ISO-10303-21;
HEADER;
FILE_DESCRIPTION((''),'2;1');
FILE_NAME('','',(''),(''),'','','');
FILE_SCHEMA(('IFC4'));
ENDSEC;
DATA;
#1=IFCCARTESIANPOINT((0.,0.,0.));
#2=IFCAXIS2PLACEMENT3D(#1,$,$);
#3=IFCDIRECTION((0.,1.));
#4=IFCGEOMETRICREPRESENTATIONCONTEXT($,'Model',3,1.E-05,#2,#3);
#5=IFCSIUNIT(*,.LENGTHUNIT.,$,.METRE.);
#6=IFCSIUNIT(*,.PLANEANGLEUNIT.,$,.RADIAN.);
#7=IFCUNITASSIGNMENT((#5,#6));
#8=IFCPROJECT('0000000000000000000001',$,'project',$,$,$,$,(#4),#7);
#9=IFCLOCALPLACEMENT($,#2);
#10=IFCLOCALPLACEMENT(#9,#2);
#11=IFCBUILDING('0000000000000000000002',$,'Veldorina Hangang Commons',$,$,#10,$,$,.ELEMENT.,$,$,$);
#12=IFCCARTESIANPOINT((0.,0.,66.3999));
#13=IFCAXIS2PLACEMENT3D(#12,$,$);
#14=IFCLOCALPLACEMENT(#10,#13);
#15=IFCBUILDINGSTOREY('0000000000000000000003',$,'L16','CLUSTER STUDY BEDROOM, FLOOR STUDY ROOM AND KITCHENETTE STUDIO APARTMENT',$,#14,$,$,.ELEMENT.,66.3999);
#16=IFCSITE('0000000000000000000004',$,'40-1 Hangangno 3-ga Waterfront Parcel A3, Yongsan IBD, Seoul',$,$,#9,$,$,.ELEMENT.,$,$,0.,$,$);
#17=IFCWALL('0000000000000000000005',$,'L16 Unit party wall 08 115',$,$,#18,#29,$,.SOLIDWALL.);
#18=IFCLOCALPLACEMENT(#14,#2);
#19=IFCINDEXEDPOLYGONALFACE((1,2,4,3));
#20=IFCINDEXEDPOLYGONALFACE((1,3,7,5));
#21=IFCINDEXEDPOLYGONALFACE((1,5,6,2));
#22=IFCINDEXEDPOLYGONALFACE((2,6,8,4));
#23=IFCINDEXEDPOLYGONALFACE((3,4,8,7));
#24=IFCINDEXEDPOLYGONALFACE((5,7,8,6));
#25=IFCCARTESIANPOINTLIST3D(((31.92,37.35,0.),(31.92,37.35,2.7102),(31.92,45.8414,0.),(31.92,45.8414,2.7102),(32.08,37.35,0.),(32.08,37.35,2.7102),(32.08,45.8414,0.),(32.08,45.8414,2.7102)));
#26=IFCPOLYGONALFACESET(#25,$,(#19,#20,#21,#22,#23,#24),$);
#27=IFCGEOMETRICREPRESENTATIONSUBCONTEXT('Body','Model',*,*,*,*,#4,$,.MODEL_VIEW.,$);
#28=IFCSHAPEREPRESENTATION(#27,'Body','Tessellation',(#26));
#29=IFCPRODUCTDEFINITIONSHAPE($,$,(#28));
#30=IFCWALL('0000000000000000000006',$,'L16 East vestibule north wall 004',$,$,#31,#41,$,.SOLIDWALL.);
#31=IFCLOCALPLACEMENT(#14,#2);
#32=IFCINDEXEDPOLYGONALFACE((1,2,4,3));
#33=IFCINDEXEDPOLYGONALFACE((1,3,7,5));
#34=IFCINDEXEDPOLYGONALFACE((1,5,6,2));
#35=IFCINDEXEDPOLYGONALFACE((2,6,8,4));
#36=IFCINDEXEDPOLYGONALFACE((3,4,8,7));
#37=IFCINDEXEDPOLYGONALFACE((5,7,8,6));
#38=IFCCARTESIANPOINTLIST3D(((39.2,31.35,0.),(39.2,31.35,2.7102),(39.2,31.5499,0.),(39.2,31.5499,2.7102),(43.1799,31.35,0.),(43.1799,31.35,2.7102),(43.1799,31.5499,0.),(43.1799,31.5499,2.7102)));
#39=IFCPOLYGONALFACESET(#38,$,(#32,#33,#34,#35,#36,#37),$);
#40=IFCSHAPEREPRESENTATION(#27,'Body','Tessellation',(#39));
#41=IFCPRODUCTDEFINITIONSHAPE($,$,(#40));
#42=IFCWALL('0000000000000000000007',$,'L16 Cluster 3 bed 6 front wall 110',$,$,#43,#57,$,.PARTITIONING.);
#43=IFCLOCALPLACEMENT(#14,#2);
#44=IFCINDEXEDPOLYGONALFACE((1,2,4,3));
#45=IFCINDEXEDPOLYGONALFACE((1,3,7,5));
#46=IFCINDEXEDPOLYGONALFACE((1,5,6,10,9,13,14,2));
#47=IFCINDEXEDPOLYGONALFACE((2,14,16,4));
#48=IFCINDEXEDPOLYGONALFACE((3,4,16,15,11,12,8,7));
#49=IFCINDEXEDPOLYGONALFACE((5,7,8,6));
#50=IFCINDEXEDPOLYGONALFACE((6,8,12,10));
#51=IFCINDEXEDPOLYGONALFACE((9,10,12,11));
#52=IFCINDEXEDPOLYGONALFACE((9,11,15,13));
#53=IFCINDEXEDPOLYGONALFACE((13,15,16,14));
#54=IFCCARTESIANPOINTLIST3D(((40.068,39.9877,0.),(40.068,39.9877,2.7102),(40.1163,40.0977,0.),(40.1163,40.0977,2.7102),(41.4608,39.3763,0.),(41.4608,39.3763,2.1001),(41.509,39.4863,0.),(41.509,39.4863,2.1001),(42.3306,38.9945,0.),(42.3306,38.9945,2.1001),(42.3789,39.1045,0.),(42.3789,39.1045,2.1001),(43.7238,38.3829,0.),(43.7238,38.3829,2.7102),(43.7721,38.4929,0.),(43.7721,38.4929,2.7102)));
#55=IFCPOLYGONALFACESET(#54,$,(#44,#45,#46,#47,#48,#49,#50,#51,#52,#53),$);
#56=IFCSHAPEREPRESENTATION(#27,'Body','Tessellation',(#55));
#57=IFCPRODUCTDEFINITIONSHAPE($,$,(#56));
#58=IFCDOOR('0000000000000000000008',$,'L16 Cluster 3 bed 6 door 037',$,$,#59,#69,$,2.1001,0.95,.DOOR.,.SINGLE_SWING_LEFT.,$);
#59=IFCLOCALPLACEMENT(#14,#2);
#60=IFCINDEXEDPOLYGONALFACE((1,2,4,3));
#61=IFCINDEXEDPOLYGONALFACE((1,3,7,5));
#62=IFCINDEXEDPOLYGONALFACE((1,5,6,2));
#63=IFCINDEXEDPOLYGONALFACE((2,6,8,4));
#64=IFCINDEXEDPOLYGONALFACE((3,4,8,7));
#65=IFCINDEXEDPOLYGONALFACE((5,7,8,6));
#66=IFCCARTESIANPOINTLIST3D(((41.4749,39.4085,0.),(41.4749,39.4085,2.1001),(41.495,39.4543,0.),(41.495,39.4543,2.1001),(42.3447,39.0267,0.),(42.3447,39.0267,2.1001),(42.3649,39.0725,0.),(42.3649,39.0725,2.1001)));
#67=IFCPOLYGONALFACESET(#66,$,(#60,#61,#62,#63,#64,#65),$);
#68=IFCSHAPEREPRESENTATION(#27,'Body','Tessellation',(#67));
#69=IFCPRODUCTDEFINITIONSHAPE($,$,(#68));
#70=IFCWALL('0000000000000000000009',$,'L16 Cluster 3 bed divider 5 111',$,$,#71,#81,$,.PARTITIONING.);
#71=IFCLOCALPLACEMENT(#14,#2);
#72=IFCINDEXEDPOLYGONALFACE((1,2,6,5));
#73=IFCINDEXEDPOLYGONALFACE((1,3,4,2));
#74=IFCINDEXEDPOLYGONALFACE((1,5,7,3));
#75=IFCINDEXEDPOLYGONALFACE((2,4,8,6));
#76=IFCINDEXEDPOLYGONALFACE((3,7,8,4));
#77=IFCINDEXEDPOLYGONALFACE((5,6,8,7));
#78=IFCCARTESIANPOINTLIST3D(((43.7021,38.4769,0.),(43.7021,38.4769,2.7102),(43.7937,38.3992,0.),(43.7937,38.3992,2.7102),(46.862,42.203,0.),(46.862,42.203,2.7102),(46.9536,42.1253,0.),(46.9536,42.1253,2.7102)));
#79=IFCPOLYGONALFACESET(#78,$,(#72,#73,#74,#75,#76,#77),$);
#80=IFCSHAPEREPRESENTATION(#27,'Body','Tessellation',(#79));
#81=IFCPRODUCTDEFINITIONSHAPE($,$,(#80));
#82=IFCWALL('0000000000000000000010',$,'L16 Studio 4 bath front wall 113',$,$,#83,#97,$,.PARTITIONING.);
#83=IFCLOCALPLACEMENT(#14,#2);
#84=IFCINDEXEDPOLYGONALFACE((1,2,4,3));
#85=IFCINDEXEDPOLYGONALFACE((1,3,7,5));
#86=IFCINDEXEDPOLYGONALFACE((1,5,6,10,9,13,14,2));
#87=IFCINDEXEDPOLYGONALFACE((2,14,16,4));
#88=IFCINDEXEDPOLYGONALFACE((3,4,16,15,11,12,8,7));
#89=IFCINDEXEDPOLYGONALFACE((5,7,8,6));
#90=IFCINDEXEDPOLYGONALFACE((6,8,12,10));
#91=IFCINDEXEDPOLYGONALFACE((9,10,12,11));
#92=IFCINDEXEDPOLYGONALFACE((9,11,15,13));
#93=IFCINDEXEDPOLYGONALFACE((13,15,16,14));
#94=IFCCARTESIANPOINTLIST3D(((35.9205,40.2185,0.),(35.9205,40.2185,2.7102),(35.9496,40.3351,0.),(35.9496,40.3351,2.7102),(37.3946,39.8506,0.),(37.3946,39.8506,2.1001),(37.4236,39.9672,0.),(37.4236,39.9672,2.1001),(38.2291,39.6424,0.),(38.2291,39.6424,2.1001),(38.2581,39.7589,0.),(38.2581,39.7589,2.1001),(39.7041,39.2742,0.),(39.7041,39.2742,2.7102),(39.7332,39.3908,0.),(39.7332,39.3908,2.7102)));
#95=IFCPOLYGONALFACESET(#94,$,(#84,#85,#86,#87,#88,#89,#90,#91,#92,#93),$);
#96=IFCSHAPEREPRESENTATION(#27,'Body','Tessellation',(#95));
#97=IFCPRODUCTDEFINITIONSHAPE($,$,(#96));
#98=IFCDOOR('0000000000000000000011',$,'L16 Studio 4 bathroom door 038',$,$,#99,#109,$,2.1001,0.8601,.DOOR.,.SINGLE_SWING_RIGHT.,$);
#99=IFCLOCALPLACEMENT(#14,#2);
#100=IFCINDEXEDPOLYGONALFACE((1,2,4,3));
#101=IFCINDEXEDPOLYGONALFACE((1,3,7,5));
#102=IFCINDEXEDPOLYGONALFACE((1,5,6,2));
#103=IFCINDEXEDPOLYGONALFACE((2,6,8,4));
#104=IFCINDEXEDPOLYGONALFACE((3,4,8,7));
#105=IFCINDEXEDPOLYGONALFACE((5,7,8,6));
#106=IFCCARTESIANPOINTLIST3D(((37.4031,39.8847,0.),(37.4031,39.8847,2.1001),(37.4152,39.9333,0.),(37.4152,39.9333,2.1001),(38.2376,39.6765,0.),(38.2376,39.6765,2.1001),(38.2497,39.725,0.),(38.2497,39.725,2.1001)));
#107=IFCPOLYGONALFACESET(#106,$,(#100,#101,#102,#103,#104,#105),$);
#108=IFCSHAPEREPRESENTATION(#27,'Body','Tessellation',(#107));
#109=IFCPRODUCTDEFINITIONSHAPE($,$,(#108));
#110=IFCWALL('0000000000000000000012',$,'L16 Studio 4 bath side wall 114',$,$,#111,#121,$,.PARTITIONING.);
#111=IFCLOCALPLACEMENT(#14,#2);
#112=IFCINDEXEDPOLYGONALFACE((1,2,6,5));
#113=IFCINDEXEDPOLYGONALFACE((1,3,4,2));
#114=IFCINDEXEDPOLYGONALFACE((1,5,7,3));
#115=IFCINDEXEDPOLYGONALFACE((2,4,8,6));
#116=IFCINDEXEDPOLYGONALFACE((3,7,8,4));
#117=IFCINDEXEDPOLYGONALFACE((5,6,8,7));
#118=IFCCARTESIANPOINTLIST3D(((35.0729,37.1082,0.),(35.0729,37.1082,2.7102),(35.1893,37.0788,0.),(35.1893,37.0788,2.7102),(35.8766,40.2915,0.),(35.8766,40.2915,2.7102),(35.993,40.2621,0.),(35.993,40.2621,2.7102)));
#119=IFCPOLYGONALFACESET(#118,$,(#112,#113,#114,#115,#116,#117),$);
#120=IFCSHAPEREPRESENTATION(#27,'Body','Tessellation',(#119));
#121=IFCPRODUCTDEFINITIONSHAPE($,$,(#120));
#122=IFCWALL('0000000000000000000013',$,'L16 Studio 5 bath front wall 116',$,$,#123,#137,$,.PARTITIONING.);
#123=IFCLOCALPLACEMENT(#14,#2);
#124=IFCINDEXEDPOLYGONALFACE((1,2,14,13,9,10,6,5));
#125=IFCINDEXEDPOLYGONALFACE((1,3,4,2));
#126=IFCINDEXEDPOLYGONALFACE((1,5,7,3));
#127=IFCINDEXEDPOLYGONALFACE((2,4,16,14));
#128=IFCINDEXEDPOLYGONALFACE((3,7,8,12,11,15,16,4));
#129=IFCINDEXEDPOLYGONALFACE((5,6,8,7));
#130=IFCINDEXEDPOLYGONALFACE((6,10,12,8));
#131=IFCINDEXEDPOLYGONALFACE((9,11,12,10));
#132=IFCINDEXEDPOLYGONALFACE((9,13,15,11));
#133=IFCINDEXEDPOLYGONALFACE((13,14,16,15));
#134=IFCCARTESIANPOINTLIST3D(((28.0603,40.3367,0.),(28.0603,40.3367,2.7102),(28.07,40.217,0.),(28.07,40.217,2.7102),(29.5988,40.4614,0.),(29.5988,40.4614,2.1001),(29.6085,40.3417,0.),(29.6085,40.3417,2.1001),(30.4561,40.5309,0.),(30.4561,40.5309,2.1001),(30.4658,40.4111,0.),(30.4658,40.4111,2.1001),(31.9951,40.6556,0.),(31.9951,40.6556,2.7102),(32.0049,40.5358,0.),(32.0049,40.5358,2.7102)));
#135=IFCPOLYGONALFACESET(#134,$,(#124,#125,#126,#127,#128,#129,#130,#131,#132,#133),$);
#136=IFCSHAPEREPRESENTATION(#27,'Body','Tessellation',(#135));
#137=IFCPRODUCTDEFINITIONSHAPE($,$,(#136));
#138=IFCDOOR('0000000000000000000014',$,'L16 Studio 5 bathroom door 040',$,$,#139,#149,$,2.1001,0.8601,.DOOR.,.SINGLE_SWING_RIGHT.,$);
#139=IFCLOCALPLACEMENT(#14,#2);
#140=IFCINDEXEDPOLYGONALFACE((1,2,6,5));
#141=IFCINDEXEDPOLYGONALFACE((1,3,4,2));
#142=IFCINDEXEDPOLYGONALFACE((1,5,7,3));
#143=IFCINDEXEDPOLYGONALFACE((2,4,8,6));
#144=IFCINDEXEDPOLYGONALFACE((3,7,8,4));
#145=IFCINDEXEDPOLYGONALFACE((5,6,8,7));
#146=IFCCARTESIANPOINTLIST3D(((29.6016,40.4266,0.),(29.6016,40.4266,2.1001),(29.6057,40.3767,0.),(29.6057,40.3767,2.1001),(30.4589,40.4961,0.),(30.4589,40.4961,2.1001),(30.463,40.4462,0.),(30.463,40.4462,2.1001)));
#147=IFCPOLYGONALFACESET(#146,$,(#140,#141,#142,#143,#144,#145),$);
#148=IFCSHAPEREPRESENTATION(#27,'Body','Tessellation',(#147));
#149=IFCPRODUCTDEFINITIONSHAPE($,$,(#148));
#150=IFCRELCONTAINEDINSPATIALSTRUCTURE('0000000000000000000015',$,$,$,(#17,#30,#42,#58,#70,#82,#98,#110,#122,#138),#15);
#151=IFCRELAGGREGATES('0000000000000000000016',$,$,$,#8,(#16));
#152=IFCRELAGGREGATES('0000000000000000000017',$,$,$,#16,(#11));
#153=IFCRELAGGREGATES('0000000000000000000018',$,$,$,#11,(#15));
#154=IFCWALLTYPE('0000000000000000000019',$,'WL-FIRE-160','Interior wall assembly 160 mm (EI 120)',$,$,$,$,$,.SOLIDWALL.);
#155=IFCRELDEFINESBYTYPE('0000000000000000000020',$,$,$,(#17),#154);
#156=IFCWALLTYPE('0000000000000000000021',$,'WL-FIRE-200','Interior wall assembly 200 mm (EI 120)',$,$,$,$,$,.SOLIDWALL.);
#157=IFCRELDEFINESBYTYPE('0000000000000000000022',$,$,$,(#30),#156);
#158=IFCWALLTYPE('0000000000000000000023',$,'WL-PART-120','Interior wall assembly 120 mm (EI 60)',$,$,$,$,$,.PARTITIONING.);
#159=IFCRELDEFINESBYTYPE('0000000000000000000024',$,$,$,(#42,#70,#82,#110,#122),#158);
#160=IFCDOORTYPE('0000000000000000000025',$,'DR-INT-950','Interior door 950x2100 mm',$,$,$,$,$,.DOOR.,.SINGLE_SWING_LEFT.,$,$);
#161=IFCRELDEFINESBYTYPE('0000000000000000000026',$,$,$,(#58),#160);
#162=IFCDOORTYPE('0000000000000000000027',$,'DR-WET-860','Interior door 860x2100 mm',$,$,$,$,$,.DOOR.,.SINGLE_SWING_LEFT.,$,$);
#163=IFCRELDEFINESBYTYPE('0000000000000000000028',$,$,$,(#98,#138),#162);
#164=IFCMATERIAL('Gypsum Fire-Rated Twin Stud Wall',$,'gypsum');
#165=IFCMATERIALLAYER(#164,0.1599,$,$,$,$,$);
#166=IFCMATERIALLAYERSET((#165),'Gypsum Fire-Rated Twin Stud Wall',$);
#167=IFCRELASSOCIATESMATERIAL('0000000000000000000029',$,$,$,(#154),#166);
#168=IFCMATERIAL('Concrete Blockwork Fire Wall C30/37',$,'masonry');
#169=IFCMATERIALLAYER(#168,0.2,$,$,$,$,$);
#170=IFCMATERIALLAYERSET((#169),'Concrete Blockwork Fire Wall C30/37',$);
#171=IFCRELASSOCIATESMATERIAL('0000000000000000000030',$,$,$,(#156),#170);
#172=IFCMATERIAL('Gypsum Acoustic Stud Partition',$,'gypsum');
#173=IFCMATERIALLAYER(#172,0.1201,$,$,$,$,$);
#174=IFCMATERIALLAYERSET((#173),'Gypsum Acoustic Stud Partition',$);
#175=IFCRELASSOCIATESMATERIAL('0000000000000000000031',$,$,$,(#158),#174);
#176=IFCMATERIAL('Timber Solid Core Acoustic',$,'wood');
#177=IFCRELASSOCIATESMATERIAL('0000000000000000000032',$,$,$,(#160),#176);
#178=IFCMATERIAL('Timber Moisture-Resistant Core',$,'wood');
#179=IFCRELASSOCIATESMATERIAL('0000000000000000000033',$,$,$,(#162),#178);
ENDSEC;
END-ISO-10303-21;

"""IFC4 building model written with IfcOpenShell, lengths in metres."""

from ifc_helpers import new_model, si_unit, direction, frame, frame_2d, origin, place, context, subcontext, project, spatial, rectangle, extrude, material, layer, layer_set, type_object, element, fill, save


model = new_model("IFC4")

# Units and contexts
model_context = context("Model", 3, precision=1e-05, world=origin(), true_north=direction((0.0, 1.0)))
body_context = subcontext(model_context, "Body", "Model", "MODEL_VIEW")
ifc_project = project(units=[si_unit("LENGTHUNIT", "METRE"), si_unit("PLANEANGLEUNIT", "RADIAN")], contexts=[model_context])

# Site, building, storey
site_placement = place(None, origin())
site = spatial("IfcSite", under=ifc_project, at=site_placement, Name="40-1 Hangangno 3-ga Waterfront Parcel A3, Yongsan IBD, Seoul", CompositionType="ELEMENT", RefElevation=0.0)
building_placement = place(site_placement, origin())
building = spatial("IfcBuilding", under=site, at=building_placement, Name="Veldorina Hangang Commons", CompositionType="ELEMENT")
storey_placement = place(building_placement, frame((0.0, 0.0, 66.3999)))
storey = spatial("IfcBuildingStorey", under=building, at=storey_placement, Name="L16", Description="CLUSTER STUDY BEDROOM, FLOOR STUDY ROOM AND KITCHENETTE STUDIO APARTMENT", CompositionType="ELEMENT", Elevation=66.3999)

# Shared definitions
ifc_material_1 = material(Name="Gypsum Fire-Rated Twin Stud Wall", Category="gypsum")
ifc_layer_1 = layer(ifc_material_1, 0.1599)
ifc_layer_set_1 = layer_set([ifc_layer_1], Name="Gypsum Fire-Rated Twin Stud Wall")
wall_type_1 = type_object("IfcWallType", Name="WL-FIRE-160", Description="Interior wall assembly 160 mm (EI 120)", PredefinedType="SOLIDWALL", material=ifc_layer_set_1)

# Walls
wall_1_placement = place(storey_placement, frame((32.0, 37.3501, 0.0), z_axis=(0.0, 0.0, 1.0), x_axis=(0.0, 1.0, 0.0)))
element("IfcWall", 1, at=wall_1_placement, inside=storey, type_object=wall_type_1, Name="L16 Unit party wall 08 115", PredefinedType="SOLIDWALL", context=body_context, shape_type="SweptSolid", body=[
    extrude(rectangle(XDim=8.4915, YDim=0.1599, at=frame_2d((4.2456, 0.0))), origin(), (0.0, 0.0, 1.0), 2.7102),
])
ifc_material_2 = material(Name="Concrete Blockwork Fire Wall C30/37", Category="masonry")
ifc_layer_2 = layer(ifc_material_2, 0.2)
ifc_layer_set_2 = layer_set([ifc_layer_2], Name="Concrete Blockwork Fire Wall C30/37")
wall_type_2 = type_object("IfcWallType", Name="WL-FIRE-200", Description="Interior wall assembly 200 mm (EI 120)", PredefinedType="SOLIDWALL", material=ifc_layer_set_2)
wall_2_placement = place(storey_placement, frame((39.2, 31.45, 0.0), z_axis=(0.0, 0.0, 1.0), x_axis=(1.0, 0.0, 0.0)))
element("IfcWall", 2, at=wall_2_placement, inside=storey, type_object=wall_type_2, Name="L16 East vestibule north wall 004", PredefinedType="SOLIDWALL", context=body_context, shape_type="SweptSolid", body=[
    extrude(rectangle(XDim=3.98, YDim=0.2, at=frame_2d((1.99, 0.0))), origin(), (0.0, 0.0, 1.0), 2.7102),
])

# Wall, opening, door
ifc_material_3 = material(Name="Gypsum Acoustic Stud Partition", Category="gypsum")
ifc_layer_3 = layer(ifc_material_3, 0.1201)
ifc_layer_set_3 = layer_set([ifc_layer_3], Name="Gypsum Acoustic Stud Partition")
wall_type_3 = type_object("IfcWallType", Name="WL-PART-120", Description="Interior wall assembly 120 mm (EI 60)", PredefinedType="PARTITIONING", material=ifc_layer_set_3)
wall_3_placement = place(storey_placement, frame((43.7478, 38.438, 0.0), z_axis=(0.0, 0.0, 1.0), x_axis=(-0.915665, 0.401941, 0.0)))
wall_3 = element("IfcWall", 3, at=wall_3_placement, inside=storey, type_object=wall_type_3, Name="L16 Cluster 3 bed 6 front wall 110", PredefinedType="PARTITIONING", context=body_context, shape_type="SweptSolid", body=[
    extrude(rectangle(XDim=3.9924, YDim=0.1201, at=frame_2d((1.9961, 0.0))), origin(), (0.0, 0.0, 1.0), 2.7102),
])
opening_1_placement = place(wall_3_placement, frame((1.5212, 0.0, 0.0)))
opening_1 = element("IfcOpeningElement", 4, at=opening_1_placement, cuts=wall_3, PredefinedType="OPENING", context=body_context, shape_type="SweptSolid", body=[
    extrude(rectangle(XDim=0.95, YDim=2.1001, at=frame_2d((0.4751, 1.05))), frame((0.0, 0.0701, 0.0), z_axis=(0.0, -1.0, 0.0), x_axis=(1.0, 0.0, 0.0)), (0.0, 0.0, 1.0), 0.1401),
])
ifc_material_4 = material(Name="Timber Solid Core Acoustic", Category="wood")
door_type_1 = type_object("IfcDoorType", Name="DR-INT-950", Description="Interior door 950x2100 mm", OperationType="SINGLE_SWING_LEFT", PredefinedType="DOOR", material=ifc_material_4)
door_1_placement = place(opening_1_placement, origin())
door_1 = element("IfcDoor", 5, at=door_1_placement, inside=storey, type_object=door_type_1, Name="L16 Cluster 3 bed 6 door 037", OperationType="SINGLE_SWING_LEFT", OverallHeight=2.1001, OverallWidth=0.95, PredefinedType="DOOR", context=body_context, shape_type="SweptSolid", body=[
    extrude(rectangle(XDim=0.95, YDim=2.1001, at=frame_2d((0.4751, 1.05))), frame((0.0, 0.0249, 0.0), z_axis=(0.0, -1.0, 0.0), x_axis=(1.0, 0.0, 0.0)), (0.0, 0.0, 1.0), 0.05),
])
fill(opening_1, door_1)

# Wall
wall_4_placement = place(storey_placement, frame((43.7478, 38.438, 0.0), z_axis=(0.0, 0.0, 1.0), x_axis=(0.646786, 0.762671, 0.0)))
element("IfcWall", 6, at=wall_4_placement, inside=storey, type_object=wall_type_3, Name="L16 Cluster 3 bed divider 5 111", PredefinedType="PARTITIONING", context=body_context, shape_type="SweptSolid", body=[
    extrude(rectangle(XDim=4.8855, YDim=0.1201, at=frame_2d((2.4429, 0.0))), origin(), (0.0, 0.0, 1.0), 2.7102),
])

# Wall, opening, door
wall_5_placement = place(storey_placement, frame((39.7185, 39.3325, 0.0), z_axis=(0.0, 0.0, 1.0), x_axis=(-0.970238, 0.242153, 0.0)))
wall_5 = element("IfcWall", 7, at=wall_5_placement, inside=storey, type_object=wall_type_3, Name="L16 Studio 4 bath front wall 113", PredefinedType="PARTITIONING", context=body_context, shape_type="SweptSolid", body=[
    extrude(rectangle(XDim=3.8997, YDim=0.1201, at=frame_2d((1.9497, 0.0))), origin(), (0.0, 0.0, 1.0), 2.7102),
])
opening_2_placement = place(wall_5_placement, frame((1.52, 0.0, 0.0)))
opening_2 = element("IfcOpeningElement", 8, at=opening_2_placement, cuts=wall_5, PredefinedType="OPENING", context=body_context, shape_type="SweptSolid", body=[
    extrude(rectangle(XDim=0.8601, YDim=2.1001, at=frame_2d((0.4302, 1.05))), frame((0.0, 0.0701, 0.0), z_axis=(0.0, -1.0, 0.0), x_axis=(1.0, 0.0, 0.0)), (0.0, 0.0, 1.0), 0.1401),
])
ifc_material_5 = material(Name="Timber Moisture-Resistant Core", Category="wood")
door_type_2 = type_object("IfcDoorType", Name="DR-WET-860", Description="Interior door 860x2100 mm", OperationType="SINGLE_SWING_LEFT", PredefinedType="DOOR", material=ifc_material_5)
door_2_placement = place(opening_2_placement, origin())
door_2 = element("IfcDoor", 9, at=door_2_placement, inside=storey, type_object=door_type_2, Name="L16 Studio 4 bathroom door 038", OperationType="SINGLE_SWING_RIGHT", OverallHeight=2.1001, OverallWidth=0.8601, PredefinedType="DOOR", context=body_context, shape_type="SweptSolid", body=[
    extrude(rectangle(XDim=0.8601, YDim=2.1001, at=frame_2d((0.4302, 1.05))), frame((0.0, 0.0249, 0.0), z_axis=(0.0, -1.0, 0.0), x_axis=(1.0, 0.0, 0.0)), (0.0, 0.0, 1.0), 0.05),
])
fill(opening_2, door_2)

# Wall
wall_6_placement = place(storey_placement, frame((35.1311, 37.0935, 0.0), z_axis=(0.0, 0.0, 1.0), x_axis=(0.244792, 0.969576, 0.0)))
element("IfcWall", 10, at=wall_6_placement, inside=storey, type_object=wall_type_3, Name="L16 Studio 4 bath side wall 114", PredefinedType="PARTITIONING", context=body_context, shape_type="SweptSolid", body=[
    extrude(rectangle(XDim=3.2832, YDim=0.1201, at=frame_2d((1.6416, 0.0))), origin(), (0.0, 0.0, 1.0), 2.7102),
])

# Wall, opening, door
wall_7_placement = place(storey_placement, frame((32.0, 40.5957, 0.0), z_axis=(0.0, 0.0, 1.0), x_axis=(-0.996733, -0.080768, 0.0)))
wall_7 = element("IfcWall", 11, at=wall_7_placement, inside=storey, type_object=wall_type_3, Name="L16 Studio 5 bath front wall 116", PredefinedType="PARTITIONING", context=body_context, shape_type="SweptSolid", body=[
    extrude(rectangle(XDim=3.9478, YDim=0.1201, at=frame_2d((1.9739, 0.0))), origin(), (0.0, 0.0, 1.0), 2.7102),
])
opening_3_placement = place(wall_7_placement, frame((1.5439, 0.0, 0.0)))
opening_3 = element("IfcOpeningElement", 12, at=opening_3_placement, cuts=wall_7, PredefinedType="OPENING", context=body_context, shape_type="SweptSolid", body=[
    extrude(rectangle(XDim=0.8601, YDim=2.1001, at=frame_2d((0.4302, 1.05))), frame((0.0, 0.0701, 0.0), z_axis=(0.0, -1.0, 0.0), x_axis=(1.0, 0.0, 0.0)), (0.0, 0.0, 1.0), 0.1401),
])
door_3_placement = place(opening_3_placement, origin())
door_3 = element("IfcDoor", 13, at=door_3_placement, inside=storey, type_object=door_type_2, Name="L16 Studio 5 bathroom door 040", OperationType="SINGLE_SWING_RIGHT", OverallHeight=2.1001, OverallWidth=0.8601, PredefinedType="DOOR", context=body_context, shape_type="SweptSolid", body=[
    extrude(rectangle(XDim=0.8601, YDim=2.1001, at=frame_2d((0.4302, 1.05))), frame((0.0, 0.0249, 0.0), z_axis=(0.0, -1.0, 0.0), x_axis=(1.0, 0.0, 0.0)), (0.0, 0.0, 1.0), 0.05),
])
fill(opening_3, door_3)

save(model, "model.ifc")
